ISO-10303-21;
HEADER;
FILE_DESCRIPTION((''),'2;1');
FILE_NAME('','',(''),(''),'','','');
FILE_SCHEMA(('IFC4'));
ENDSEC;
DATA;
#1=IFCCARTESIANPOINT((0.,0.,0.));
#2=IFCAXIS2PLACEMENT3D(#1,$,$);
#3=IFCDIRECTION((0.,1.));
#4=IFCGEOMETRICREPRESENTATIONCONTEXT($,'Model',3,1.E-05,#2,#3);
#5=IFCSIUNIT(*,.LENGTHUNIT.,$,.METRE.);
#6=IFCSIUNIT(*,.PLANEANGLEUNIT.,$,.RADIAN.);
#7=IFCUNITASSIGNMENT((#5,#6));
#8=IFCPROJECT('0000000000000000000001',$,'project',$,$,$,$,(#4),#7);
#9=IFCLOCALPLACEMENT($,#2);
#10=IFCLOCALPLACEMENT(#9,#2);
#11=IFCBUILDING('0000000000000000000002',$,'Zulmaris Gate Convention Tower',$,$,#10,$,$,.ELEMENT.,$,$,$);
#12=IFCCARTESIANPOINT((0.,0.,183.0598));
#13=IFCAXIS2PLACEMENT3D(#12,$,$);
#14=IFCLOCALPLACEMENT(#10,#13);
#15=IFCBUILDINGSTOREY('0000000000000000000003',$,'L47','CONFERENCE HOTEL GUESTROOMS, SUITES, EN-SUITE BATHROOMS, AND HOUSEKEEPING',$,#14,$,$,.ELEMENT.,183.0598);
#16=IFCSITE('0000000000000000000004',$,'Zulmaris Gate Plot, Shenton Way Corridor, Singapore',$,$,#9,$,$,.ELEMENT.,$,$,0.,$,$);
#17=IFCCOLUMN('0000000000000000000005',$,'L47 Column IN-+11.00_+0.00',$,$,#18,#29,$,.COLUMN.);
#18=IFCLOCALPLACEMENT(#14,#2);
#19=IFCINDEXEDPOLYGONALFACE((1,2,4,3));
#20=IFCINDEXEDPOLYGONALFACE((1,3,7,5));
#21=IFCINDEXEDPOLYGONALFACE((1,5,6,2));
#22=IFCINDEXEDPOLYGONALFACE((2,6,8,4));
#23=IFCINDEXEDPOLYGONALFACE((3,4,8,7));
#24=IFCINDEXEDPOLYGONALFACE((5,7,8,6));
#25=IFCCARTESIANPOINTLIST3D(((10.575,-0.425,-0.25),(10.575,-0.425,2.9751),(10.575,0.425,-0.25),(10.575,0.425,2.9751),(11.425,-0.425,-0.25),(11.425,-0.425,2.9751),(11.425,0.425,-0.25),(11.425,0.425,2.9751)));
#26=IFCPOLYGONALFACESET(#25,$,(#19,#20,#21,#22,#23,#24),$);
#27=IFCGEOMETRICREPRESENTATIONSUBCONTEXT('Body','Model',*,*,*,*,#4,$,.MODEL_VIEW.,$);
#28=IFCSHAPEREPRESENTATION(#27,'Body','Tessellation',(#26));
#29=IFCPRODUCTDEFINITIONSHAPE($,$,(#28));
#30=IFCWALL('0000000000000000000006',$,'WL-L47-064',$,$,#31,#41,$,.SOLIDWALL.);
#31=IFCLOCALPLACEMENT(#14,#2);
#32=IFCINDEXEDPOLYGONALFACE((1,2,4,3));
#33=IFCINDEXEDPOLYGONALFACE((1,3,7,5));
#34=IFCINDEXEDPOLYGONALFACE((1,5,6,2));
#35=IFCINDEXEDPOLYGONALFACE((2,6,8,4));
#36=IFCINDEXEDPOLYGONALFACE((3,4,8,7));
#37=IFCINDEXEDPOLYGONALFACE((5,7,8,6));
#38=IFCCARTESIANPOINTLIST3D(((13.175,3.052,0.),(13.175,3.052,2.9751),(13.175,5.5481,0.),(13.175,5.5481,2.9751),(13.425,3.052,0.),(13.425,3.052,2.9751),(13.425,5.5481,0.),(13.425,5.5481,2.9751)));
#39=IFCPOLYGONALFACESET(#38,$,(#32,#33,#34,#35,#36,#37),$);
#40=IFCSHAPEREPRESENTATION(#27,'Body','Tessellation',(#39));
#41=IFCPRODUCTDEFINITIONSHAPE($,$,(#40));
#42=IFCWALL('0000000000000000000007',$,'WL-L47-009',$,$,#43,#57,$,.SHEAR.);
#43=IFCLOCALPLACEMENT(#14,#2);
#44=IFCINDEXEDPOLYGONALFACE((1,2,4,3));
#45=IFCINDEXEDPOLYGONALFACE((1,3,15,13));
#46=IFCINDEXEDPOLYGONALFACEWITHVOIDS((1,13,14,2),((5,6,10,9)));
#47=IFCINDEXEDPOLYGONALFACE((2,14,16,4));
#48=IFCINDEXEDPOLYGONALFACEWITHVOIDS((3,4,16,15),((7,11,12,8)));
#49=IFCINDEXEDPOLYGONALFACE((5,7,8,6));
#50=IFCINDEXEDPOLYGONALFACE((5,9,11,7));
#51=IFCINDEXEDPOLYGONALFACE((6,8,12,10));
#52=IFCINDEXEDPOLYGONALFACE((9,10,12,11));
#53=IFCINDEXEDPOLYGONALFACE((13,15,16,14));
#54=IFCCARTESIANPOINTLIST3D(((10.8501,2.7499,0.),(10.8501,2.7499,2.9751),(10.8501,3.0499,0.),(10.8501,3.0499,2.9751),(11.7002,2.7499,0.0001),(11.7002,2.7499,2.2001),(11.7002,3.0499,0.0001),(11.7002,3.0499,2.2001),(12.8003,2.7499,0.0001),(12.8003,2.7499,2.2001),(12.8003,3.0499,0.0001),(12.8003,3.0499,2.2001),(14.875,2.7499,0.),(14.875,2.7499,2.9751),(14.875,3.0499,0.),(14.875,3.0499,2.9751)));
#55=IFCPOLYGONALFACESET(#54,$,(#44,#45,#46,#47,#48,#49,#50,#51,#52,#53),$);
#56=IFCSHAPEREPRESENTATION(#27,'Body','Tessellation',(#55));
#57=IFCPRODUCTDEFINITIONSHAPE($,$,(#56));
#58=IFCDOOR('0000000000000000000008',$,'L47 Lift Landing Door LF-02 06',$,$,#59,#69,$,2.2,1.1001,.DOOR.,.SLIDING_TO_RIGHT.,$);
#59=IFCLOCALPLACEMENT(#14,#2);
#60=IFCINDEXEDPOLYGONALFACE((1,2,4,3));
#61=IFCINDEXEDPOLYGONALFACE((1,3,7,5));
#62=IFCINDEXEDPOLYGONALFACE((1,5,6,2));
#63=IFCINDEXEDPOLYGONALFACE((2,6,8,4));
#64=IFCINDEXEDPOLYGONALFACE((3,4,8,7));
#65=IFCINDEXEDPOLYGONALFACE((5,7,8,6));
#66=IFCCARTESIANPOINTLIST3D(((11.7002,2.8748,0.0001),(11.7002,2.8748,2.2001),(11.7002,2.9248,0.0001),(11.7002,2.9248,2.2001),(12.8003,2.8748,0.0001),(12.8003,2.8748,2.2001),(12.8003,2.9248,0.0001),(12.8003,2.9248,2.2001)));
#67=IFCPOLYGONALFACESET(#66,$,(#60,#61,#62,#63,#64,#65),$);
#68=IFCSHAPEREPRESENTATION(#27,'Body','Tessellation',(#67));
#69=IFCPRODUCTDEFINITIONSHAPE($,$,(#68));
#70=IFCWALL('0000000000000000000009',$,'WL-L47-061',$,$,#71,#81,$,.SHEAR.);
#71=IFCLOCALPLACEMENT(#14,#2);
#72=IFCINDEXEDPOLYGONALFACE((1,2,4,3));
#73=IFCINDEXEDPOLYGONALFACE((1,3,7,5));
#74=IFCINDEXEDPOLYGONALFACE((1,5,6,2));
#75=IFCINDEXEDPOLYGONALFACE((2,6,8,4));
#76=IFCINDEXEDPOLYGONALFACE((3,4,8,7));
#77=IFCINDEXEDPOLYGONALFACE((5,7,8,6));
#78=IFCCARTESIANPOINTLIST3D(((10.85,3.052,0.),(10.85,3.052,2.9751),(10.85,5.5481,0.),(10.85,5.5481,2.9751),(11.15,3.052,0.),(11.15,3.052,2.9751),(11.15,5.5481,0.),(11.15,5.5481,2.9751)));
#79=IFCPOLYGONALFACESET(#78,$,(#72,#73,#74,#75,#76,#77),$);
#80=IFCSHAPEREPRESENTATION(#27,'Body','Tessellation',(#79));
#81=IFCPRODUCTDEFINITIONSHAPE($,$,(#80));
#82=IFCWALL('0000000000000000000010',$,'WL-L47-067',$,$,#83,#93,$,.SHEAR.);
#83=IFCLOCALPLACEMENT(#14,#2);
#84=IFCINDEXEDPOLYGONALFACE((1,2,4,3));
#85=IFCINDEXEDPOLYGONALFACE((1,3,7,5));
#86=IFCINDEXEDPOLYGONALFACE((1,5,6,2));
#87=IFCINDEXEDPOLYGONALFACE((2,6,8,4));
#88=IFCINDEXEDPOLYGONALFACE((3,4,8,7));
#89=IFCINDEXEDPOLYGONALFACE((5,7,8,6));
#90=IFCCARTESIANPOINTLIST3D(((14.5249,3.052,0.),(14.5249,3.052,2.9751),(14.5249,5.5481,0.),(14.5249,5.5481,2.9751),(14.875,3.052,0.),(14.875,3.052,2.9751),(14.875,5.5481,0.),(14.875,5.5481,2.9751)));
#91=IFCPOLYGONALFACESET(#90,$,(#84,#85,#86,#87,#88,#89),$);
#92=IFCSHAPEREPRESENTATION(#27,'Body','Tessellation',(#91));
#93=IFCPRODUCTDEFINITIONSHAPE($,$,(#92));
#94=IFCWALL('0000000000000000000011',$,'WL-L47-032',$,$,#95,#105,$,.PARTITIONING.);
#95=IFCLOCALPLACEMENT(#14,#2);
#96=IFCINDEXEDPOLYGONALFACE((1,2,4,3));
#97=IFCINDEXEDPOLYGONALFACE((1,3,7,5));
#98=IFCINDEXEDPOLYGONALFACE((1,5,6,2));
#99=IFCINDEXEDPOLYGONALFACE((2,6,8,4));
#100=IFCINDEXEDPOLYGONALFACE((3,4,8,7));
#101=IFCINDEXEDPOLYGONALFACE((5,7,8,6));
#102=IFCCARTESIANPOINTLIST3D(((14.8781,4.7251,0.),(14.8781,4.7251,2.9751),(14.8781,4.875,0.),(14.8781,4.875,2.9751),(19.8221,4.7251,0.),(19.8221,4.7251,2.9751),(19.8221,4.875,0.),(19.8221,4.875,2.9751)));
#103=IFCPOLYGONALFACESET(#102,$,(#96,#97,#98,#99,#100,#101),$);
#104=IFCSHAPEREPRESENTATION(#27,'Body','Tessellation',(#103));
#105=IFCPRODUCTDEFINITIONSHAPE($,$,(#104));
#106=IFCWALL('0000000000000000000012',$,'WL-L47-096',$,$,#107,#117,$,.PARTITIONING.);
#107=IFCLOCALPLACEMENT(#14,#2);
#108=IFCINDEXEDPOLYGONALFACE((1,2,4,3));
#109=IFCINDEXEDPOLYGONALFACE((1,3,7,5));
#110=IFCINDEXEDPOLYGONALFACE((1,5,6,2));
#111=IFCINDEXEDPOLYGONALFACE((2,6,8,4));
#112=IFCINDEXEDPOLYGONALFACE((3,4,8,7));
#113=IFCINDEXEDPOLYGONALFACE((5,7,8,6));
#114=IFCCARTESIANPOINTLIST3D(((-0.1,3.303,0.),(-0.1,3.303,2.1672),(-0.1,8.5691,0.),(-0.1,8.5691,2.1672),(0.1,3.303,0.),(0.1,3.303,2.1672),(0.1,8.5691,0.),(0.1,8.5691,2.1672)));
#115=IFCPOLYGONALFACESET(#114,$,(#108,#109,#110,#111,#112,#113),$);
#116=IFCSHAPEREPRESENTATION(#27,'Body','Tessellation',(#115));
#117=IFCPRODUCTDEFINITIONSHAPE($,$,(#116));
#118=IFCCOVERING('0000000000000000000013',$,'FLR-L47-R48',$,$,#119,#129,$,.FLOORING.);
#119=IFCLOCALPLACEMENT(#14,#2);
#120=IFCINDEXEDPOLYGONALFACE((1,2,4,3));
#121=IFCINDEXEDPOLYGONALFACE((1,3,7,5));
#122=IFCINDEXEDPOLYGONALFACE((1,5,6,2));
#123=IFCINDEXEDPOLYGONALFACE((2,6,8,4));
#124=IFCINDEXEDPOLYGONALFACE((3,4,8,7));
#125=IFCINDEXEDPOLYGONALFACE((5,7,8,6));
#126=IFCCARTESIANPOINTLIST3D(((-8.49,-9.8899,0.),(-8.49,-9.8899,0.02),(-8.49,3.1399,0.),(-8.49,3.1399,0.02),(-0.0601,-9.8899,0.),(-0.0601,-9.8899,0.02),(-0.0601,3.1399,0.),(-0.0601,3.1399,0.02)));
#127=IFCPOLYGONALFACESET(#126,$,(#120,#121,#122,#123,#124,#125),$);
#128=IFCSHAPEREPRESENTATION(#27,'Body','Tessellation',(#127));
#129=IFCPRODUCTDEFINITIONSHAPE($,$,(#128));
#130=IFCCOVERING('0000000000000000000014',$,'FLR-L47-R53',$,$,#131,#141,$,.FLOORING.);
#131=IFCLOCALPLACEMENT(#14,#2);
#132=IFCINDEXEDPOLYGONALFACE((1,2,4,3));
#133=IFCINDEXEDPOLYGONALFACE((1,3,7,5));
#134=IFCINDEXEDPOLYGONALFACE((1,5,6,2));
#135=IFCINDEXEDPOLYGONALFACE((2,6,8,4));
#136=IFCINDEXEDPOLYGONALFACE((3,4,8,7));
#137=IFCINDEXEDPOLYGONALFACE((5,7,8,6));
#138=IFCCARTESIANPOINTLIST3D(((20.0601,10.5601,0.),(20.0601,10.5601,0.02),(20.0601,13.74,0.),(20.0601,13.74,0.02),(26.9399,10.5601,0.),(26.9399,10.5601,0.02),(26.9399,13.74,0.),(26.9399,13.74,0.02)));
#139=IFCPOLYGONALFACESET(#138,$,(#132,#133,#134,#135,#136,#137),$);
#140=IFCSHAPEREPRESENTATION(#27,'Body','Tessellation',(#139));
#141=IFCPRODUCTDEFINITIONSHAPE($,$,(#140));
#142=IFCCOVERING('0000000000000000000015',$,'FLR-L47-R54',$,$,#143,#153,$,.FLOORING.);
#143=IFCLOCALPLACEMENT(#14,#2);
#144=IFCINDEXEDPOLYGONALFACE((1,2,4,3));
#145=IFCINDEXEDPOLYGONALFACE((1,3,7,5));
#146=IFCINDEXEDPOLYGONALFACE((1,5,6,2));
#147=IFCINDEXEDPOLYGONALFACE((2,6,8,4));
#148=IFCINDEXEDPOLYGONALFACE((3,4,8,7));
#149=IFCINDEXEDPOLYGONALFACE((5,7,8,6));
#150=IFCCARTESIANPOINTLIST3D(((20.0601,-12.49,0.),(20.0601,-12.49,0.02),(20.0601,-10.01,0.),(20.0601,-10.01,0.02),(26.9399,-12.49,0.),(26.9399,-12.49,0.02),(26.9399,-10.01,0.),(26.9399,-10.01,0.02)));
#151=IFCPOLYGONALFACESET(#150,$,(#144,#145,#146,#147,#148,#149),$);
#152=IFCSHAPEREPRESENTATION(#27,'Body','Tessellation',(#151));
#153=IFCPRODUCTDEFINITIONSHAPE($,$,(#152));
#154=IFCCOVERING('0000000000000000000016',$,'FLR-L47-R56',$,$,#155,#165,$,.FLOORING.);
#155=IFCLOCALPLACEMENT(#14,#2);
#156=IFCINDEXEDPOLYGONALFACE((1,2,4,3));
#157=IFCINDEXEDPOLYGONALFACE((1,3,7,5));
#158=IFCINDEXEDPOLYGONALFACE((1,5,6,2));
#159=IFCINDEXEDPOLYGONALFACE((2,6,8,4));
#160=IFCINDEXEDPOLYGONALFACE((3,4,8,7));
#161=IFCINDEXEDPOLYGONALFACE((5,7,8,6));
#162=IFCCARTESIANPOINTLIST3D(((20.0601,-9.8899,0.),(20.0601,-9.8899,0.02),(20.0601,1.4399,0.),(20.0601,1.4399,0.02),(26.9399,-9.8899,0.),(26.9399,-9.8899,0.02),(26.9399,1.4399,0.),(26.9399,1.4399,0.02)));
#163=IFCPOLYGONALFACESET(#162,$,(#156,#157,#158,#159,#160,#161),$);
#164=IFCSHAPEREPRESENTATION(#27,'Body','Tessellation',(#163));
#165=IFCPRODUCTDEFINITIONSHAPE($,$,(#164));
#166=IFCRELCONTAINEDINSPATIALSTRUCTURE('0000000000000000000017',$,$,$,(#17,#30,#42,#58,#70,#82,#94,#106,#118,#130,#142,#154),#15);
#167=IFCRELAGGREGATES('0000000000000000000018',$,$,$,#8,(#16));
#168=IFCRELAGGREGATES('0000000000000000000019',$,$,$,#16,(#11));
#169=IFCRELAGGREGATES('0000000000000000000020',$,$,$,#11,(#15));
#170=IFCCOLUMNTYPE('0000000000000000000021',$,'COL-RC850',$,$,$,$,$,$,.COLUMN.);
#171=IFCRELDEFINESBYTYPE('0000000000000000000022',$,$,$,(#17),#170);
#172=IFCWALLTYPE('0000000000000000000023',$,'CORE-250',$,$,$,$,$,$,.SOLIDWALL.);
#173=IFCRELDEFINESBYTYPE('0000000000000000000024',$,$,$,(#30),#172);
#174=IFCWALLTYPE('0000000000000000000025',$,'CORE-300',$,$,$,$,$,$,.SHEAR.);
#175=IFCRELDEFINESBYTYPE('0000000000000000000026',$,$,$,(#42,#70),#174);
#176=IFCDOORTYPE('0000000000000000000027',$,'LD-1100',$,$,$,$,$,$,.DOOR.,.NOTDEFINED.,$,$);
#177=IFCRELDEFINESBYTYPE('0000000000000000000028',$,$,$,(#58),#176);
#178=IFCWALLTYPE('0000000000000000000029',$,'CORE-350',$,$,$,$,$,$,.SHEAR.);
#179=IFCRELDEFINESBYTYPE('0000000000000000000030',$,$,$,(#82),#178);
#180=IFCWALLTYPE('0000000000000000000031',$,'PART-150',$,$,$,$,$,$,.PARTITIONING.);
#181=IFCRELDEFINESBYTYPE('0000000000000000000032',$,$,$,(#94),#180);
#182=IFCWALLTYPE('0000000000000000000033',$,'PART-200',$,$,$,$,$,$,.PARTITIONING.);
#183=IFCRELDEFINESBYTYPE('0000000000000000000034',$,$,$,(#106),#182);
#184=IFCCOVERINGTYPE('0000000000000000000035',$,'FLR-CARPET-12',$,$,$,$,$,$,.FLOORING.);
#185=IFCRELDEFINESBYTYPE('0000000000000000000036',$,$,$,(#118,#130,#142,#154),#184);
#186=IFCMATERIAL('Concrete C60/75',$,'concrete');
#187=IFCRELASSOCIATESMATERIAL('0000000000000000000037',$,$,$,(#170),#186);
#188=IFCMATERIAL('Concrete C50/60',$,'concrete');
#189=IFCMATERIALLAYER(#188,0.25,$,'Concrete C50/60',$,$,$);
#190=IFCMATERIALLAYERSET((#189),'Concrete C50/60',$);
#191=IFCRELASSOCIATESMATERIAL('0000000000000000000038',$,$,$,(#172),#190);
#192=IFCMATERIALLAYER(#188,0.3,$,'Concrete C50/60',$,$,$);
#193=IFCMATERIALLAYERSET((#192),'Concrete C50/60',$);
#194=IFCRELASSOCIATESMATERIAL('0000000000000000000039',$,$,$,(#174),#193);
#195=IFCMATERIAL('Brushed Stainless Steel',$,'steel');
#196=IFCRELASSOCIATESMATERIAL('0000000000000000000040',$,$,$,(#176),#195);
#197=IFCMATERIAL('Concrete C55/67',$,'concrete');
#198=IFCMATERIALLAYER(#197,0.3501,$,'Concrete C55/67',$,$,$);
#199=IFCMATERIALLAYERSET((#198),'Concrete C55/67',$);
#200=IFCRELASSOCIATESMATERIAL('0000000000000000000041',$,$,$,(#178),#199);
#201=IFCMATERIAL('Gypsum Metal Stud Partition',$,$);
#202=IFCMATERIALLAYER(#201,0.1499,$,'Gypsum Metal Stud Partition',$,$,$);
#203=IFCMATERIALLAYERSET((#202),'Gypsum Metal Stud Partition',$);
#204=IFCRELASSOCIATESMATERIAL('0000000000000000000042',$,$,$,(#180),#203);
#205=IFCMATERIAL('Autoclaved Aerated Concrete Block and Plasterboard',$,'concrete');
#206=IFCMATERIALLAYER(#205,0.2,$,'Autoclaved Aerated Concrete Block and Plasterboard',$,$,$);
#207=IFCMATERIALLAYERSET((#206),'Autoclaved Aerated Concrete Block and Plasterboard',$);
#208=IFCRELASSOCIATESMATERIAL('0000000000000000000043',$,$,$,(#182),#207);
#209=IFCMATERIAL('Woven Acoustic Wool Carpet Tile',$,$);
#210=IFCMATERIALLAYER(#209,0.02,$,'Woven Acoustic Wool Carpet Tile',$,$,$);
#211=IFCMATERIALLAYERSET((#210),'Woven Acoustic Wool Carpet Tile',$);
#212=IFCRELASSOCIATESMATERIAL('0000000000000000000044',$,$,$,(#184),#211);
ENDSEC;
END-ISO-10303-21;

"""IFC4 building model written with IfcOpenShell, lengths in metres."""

from ifc_helpers import new_model, si_unit, direction, frame, frame_2d, origin, origin_2d, place, context, subcontext, project, spatial, polyline, rectangle, outline, extrude, material, layer, layer_set, material_profile, profile_set, type_object, element, fill, save


model = new_model("IFC4")

# Units and contexts
model_context = context("Model", 3, precision=1e-05, world=origin(), true_north=direction((0.0, 1.0)))
body_context = subcontext(model_context, "Body", "Model", "MODEL_VIEW")
ifc_project = project(units=[si_unit("LENGTHUNIT", "METRE"), si_unit("PLANEANGLEUNIT", "RADIAN")], contexts=[model_context])

# Site, building, storey
site_placement = place(None, origin())
site = spatial("IfcSite", under=ifc_project, at=site_placement, Name="Zulmaris Gate Plot, Shenton Way Corridor, Singapore", CompositionType="ELEMENT", RefElevation=0.0)
building_placement = place(site_placement, origin())
building = spatial("IfcBuilding", under=site, at=building_placement, Name="Zulmaris Gate Convention Tower", CompositionType="ELEMENT")
storey_placement = place(building_placement, frame((0.0, 0.0, 183.0598)))
storey = spatial("IfcBuildingStorey", under=building, at=storey_placement, Name="L47", Description="CONFERENCE HOTEL GUESTROOMS, SUITES, EN-SUITE BATHROOMS, AND HOUSEKEEPING", CompositionType="ELEMENT", Elevation=183.0598)

# Column
ifc_material_1 = material(Name="Concrete C60/75", Category="concrete")
ifc_material_profile = material_profile(ifc_material_1, rectangle(XDim=0.8501, YDim=0.8501, at=origin_2d()), Name="RC COL 850x850")
ifc_profile_set = profile_set([ifc_material_profile], Name="Concrete C60/75")
column_type = type_object("IfcColumnType", Name="COL-RC850", PredefinedType="COLUMN", material=ifc_profile_set)
column_placement = place(storey_placement, frame((11.0, 0.0, -0.25), z_axis=(0.0, 0.0, 1.0), x_axis=(1.0, 0.0, 0.0)))
element("IfcColumn", 1, at=column_placement, inside=storey, type_object=column_type, Name="L47 Column IN-+11.00_+0.00", PredefinedType="COLUMN", context=body_context, shape_type="SweptSolid", body=[
    extrude(rectangle(XDim=0.8501, YDim=0.8501, at=origin_2d()), origin(), (0.0, 0.0, 1.0), 3.2251),
])

# Wall
ifc_material_2 = material(Name="Concrete C50/60", Category="concrete")
ifc_layer_1 = layer(ifc_material_2, 0.25, Name="Concrete C50/60")
ifc_layer_set_1 = layer_set([ifc_layer_1], Name="Concrete C50/60")
wall_type_1 = type_object("IfcWallType", Name="CORE-250", PredefinedType="SOLIDWALL", material=ifc_layer_set_1)
wall_1_placement = place(storey_placement, frame((13.3, 3.052, 0.0), z_axis=(0.0, 0.0, 1.0), x_axis=(0.0, 1.0, 0.0)))
element("IfcWall", 2, at=wall_1_placement, inside=storey, type_object=wall_type_1, Name="WL-L47-064", PredefinedType="SOLIDWALL", context=body_context, shape_type="SweptSolid", body=[
    extrude(rectangle(XDim=2.4961, YDim=0.25, at=frame_2d((1.248, 0.0))), origin(), (0.0, 0.0, 1.0), 2.9751),
])

# Wall, opening, door
ifc_layer_2 = layer(ifc_material_2, 0.3, Name="Concrete C50/60")
ifc_layer_set_2 = layer_set([ifc_layer_2], Name="Concrete C50/60")
wall_type_2 = type_object("IfcWallType", Name="CORE-300", PredefinedType="SHEAR", material=ifc_layer_set_2)
wall_2_placement = place(storey_placement, frame((10.8501, 2.8999, 0.0), z_axis=(0.0, 0.0, 1.0), x_axis=(1.0, 0.0, 0.0)))
wall_2 = element("IfcWall", 3, at=wall_2_placement, inside=storey, type_object=wall_type_2, Name="WL-L47-009", PredefinedType="SHEAR", context=body_context, shape_type="SweptSolid", body=[
    extrude(rectangle(XDim=4.0249, YDim=0.3, at=frame_2d((2.0125, 0.0))), origin(), (0.0, 0.0, 1.0), 2.9751),
])
opening_1_placement = place(wall_2_placement, frame((0.8501, 0.0, 0.0)))
opening_1 = element("IfcOpeningElement", 4, at=opening_1_placement, cuts=wall_2, PredefinedType="OPENING", context=body_context, shape_type="SweptSolid", body=[
    extrude(rectangle(XDim=1.1001, YDim=2.2, at=frame_2d((0.55, 1.1001))), frame((0.0, 0.1602, 0.0), z_axis=(0.0, -1.0, 0.0), x_axis=(1.0, 0.0, 0.0)), (0.0, 0.0, 1.0), 0.3201),
])
ifc_material_3 = material(Name="Brushed Stainless Steel", Category="steel")
door_type_1 = type_object("IfcDoorType", Name="LD-1100", OperationType="NOTDEFINED", PredefinedType="DOOR", material=ifc_material_3)
door_1_placement = place(opening_1_placement, origin())
door_1 = element("IfcDoor", 5, at=door_1_placement, inside=storey, type_object=door_type_1, Name="L47 Lift Landing Door LF-02 06", OperationType="SLIDING_TO_RIGHT", OverallHeight=2.2, OverallWidth=1.1001, PredefinedType="DOOR", context=body_context, shape_type="SweptSolid", body=[
    extrude(rectangle(XDim=1.1001, YDim=2.2, at=frame_2d((0.55, 1.1001))), frame((0.0, 0.0249, 0.0), z_axis=(0.0, -1.0, 0.0), x_axis=(1.0, 0.0, 0.0)), (0.0, 0.0, 1.0), 0.05),
])
fill(opening_1, door_1)

# Walls
wall_3_placement = place(storey_placement, frame((11.0, 3.052, 0.0), z_axis=(0.0, 0.0, 1.0), x_axis=(0.0, 1.0, 0.0)))
element("IfcWall", 6, at=wall_3_placement, inside=storey, type_object=wall_type_2, Name="WL-L47-061", PredefinedType="SHEAR", context=body_context, shape_type="SweptSolid", body=[
    extrude(rectangle(XDim=2.4961, YDim=0.3, at=frame_2d((1.248, 0.0))), origin(), (0.0, 0.0, 1.0), 2.9751),
])
ifc_material_4 = material(Name="Concrete C55/67", Category="concrete")
ifc_layer_3 = layer(ifc_material_4, 0.3501, Name="Concrete C55/67")
ifc_layer_set_3 = layer_set([ifc_layer_3], Name="Concrete C55/67")
wall_type_3 = type_object("IfcWallType", Name="CORE-350", PredefinedType="SHEAR", material=ifc_layer_set_3)
wall_4_placement = place(storey_placement, frame((14.7, 3.052, 0.0), z_axis=(0.0, 0.0, 1.0), x_axis=(0.0, 1.0, 0.0)))
element("IfcWall", 7, at=wall_4_placement, inside=storey, type_object=wall_type_3, Name="WL-L47-067", PredefinedType="SHEAR", context=body_context, shape_type="SweptSolid", body=[
    extrude(rectangle(XDim=2.4961, YDim=0.3501, at=frame_2d((1.248, 0.0))), origin(), (0.0, 0.0, 1.0), 2.9751),
])
ifc_material_5 = material(Name="Gypsum Metal Stud Partition")
ifc_layer_4 = layer(ifc_material_5, 0.1499, Name="Gypsum Metal Stud Partition")
ifc_layer_set_4 = layer_set([ifc_layer_4], Name="Gypsum Metal Stud Partition")
wall_type_4 = type_object("IfcWallType", Name="PART-150", PredefinedType="PARTITIONING", material=ifc_layer_set_4)
wall_5_placement = place(storey_placement, frame((14.8779, 4.8, 0.0), z_axis=(0.0, 0.0, 1.0), x_axis=(1.0, 0.0, 0.0)))
element("IfcWall", 8, at=wall_5_placement, inside=storey, type_object=wall_type_4, Name="WL-L47-032", PredefinedType="PARTITIONING", context=body_context, shape_type="SweptSolid", body=[
    extrude(rectangle(XDim=4.9441, YDim=0.1499, at=frame_2d((2.4722, 0.0))), origin(), (0.0, 0.0, 1.0), 2.9751),
])
ifc_material_6 = material(Name="Autoclaved Aerated Concrete Block and Plasterboard", Category="concrete")
ifc_layer_5 = layer(ifc_material_6, 0.2, Name="Autoclaved Aerated Concrete Block and Plasterboard")
ifc_layer_set_5 = layer_set([ifc_layer_5], Name="Autoclaved Aerated Concrete Block and Plasterboard")
wall_type_5 = type_object("IfcWallType", Name="PART-200", PredefinedType="PARTITIONING", material=ifc_layer_set_5)
wall_6_placement = place(storey_placement, frame((0.0, 3.303, 0.0), z_axis=(0.0, 0.0, 1.0), x_axis=(0.0, 1.0, 0.0)))
element("IfcWall", 9, at=wall_6_placement, inside=storey, type_object=wall_type_5, Name="WL-L47-096", PredefinedType="PARTITIONING", context=body_context, shape_type="SweptSolid", body=[
    extrude(rectangle(XDim=5.2661, YDim=0.2, at=frame_2d((2.6331, 0.0))), origin(), (0.0, 0.0, 1.0), 2.1672),
])

# Coverings
ifc_material_7 = material(Name="Woven Acoustic Wool Carpet Tile")
ifc_layer_6 = layer(ifc_material_7, 0.02, Name="Woven Acoustic Wool Carpet Tile")
ifc_layer_set_6 = layer_set([ifc_layer_6], Name="Woven Acoustic Wool Carpet Tile")
covering_type_1 = type_object("IfcCoveringType", Name="FLR-CARPET-12", PredefinedType="FLOORING", material=ifc_layer_set_6)
covering_1_placement = place(storey_placement, origin())
element("IfcCovering", 10, at=covering_1_placement, inside=storey, type_object=covering_type_1, Name="FLR-L47-R48", PredefinedType="FLOORING", context=body_context, shape_type="SweptSolid", body=[
    extrude(outline(polyline([(-8.49, -9.8899), (-0.0601, -9.8899), (-0.0601, 3.1399), (-8.49, 3.1399), (-8.49, -9.8899)])), origin(), (0.0, 0.0, 1.0), 0.02),
])
covering_2_placement = place(storey_placement, origin())
element("IfcCovering", 11, at=covering_2_placement, inside=storey, type_object=covering_type_1, Name="FLR-L47-R53", PredefinedType="FLOORING", context=body_context, shape_type="SweptSolid", body=[
    extrude(outline(polyline([(20.0601, 10.5601), (26.9399, 10.5601), (26.9399, 13.74), (20.0601, 13.74), (20.0601, 10.5601)])), origin(), (0.0, 0.0, 1.0), 0.02),
])
covering_3_placement = place(storey_placement, origin())
element("IfcCovering", 12, at=covering_3_placement, inside=storey, type_object=covering_type_1, Name="FLR-L47-R54", PredefinedType="FLOORING", context=body_context, shape_type="SweptSolid", body=[
    extrude(outline(polyline([(20.0601, -12.49), (26.9399, -12.49), (26.9399, -10.01), (20.0601, -10.01), (20.0601, -12.49)])), origin(), (0.0, 0.0, 1.0), 0.02),
])
covering_4_placement = place(storey_placement, origin())
element("IfcCovering", 13, at=covering_4_placement, inside=storey, type_object=covering_type_1, Name="FLR-L47-R56", PredefinedType="FLOORING", context=body_context, shape_type="SweptSolid", body=[
    extrude(outline(polyline([(20.0601, -9.8899), (26.9399, -9.8899), (26.9399, 1.4399), (20.0601, 1.4399), (20.0601, -9.8899)])), origin(), (0.0, 0.0, 1.0), 0.02),
])

save(model, "model.ifc")
